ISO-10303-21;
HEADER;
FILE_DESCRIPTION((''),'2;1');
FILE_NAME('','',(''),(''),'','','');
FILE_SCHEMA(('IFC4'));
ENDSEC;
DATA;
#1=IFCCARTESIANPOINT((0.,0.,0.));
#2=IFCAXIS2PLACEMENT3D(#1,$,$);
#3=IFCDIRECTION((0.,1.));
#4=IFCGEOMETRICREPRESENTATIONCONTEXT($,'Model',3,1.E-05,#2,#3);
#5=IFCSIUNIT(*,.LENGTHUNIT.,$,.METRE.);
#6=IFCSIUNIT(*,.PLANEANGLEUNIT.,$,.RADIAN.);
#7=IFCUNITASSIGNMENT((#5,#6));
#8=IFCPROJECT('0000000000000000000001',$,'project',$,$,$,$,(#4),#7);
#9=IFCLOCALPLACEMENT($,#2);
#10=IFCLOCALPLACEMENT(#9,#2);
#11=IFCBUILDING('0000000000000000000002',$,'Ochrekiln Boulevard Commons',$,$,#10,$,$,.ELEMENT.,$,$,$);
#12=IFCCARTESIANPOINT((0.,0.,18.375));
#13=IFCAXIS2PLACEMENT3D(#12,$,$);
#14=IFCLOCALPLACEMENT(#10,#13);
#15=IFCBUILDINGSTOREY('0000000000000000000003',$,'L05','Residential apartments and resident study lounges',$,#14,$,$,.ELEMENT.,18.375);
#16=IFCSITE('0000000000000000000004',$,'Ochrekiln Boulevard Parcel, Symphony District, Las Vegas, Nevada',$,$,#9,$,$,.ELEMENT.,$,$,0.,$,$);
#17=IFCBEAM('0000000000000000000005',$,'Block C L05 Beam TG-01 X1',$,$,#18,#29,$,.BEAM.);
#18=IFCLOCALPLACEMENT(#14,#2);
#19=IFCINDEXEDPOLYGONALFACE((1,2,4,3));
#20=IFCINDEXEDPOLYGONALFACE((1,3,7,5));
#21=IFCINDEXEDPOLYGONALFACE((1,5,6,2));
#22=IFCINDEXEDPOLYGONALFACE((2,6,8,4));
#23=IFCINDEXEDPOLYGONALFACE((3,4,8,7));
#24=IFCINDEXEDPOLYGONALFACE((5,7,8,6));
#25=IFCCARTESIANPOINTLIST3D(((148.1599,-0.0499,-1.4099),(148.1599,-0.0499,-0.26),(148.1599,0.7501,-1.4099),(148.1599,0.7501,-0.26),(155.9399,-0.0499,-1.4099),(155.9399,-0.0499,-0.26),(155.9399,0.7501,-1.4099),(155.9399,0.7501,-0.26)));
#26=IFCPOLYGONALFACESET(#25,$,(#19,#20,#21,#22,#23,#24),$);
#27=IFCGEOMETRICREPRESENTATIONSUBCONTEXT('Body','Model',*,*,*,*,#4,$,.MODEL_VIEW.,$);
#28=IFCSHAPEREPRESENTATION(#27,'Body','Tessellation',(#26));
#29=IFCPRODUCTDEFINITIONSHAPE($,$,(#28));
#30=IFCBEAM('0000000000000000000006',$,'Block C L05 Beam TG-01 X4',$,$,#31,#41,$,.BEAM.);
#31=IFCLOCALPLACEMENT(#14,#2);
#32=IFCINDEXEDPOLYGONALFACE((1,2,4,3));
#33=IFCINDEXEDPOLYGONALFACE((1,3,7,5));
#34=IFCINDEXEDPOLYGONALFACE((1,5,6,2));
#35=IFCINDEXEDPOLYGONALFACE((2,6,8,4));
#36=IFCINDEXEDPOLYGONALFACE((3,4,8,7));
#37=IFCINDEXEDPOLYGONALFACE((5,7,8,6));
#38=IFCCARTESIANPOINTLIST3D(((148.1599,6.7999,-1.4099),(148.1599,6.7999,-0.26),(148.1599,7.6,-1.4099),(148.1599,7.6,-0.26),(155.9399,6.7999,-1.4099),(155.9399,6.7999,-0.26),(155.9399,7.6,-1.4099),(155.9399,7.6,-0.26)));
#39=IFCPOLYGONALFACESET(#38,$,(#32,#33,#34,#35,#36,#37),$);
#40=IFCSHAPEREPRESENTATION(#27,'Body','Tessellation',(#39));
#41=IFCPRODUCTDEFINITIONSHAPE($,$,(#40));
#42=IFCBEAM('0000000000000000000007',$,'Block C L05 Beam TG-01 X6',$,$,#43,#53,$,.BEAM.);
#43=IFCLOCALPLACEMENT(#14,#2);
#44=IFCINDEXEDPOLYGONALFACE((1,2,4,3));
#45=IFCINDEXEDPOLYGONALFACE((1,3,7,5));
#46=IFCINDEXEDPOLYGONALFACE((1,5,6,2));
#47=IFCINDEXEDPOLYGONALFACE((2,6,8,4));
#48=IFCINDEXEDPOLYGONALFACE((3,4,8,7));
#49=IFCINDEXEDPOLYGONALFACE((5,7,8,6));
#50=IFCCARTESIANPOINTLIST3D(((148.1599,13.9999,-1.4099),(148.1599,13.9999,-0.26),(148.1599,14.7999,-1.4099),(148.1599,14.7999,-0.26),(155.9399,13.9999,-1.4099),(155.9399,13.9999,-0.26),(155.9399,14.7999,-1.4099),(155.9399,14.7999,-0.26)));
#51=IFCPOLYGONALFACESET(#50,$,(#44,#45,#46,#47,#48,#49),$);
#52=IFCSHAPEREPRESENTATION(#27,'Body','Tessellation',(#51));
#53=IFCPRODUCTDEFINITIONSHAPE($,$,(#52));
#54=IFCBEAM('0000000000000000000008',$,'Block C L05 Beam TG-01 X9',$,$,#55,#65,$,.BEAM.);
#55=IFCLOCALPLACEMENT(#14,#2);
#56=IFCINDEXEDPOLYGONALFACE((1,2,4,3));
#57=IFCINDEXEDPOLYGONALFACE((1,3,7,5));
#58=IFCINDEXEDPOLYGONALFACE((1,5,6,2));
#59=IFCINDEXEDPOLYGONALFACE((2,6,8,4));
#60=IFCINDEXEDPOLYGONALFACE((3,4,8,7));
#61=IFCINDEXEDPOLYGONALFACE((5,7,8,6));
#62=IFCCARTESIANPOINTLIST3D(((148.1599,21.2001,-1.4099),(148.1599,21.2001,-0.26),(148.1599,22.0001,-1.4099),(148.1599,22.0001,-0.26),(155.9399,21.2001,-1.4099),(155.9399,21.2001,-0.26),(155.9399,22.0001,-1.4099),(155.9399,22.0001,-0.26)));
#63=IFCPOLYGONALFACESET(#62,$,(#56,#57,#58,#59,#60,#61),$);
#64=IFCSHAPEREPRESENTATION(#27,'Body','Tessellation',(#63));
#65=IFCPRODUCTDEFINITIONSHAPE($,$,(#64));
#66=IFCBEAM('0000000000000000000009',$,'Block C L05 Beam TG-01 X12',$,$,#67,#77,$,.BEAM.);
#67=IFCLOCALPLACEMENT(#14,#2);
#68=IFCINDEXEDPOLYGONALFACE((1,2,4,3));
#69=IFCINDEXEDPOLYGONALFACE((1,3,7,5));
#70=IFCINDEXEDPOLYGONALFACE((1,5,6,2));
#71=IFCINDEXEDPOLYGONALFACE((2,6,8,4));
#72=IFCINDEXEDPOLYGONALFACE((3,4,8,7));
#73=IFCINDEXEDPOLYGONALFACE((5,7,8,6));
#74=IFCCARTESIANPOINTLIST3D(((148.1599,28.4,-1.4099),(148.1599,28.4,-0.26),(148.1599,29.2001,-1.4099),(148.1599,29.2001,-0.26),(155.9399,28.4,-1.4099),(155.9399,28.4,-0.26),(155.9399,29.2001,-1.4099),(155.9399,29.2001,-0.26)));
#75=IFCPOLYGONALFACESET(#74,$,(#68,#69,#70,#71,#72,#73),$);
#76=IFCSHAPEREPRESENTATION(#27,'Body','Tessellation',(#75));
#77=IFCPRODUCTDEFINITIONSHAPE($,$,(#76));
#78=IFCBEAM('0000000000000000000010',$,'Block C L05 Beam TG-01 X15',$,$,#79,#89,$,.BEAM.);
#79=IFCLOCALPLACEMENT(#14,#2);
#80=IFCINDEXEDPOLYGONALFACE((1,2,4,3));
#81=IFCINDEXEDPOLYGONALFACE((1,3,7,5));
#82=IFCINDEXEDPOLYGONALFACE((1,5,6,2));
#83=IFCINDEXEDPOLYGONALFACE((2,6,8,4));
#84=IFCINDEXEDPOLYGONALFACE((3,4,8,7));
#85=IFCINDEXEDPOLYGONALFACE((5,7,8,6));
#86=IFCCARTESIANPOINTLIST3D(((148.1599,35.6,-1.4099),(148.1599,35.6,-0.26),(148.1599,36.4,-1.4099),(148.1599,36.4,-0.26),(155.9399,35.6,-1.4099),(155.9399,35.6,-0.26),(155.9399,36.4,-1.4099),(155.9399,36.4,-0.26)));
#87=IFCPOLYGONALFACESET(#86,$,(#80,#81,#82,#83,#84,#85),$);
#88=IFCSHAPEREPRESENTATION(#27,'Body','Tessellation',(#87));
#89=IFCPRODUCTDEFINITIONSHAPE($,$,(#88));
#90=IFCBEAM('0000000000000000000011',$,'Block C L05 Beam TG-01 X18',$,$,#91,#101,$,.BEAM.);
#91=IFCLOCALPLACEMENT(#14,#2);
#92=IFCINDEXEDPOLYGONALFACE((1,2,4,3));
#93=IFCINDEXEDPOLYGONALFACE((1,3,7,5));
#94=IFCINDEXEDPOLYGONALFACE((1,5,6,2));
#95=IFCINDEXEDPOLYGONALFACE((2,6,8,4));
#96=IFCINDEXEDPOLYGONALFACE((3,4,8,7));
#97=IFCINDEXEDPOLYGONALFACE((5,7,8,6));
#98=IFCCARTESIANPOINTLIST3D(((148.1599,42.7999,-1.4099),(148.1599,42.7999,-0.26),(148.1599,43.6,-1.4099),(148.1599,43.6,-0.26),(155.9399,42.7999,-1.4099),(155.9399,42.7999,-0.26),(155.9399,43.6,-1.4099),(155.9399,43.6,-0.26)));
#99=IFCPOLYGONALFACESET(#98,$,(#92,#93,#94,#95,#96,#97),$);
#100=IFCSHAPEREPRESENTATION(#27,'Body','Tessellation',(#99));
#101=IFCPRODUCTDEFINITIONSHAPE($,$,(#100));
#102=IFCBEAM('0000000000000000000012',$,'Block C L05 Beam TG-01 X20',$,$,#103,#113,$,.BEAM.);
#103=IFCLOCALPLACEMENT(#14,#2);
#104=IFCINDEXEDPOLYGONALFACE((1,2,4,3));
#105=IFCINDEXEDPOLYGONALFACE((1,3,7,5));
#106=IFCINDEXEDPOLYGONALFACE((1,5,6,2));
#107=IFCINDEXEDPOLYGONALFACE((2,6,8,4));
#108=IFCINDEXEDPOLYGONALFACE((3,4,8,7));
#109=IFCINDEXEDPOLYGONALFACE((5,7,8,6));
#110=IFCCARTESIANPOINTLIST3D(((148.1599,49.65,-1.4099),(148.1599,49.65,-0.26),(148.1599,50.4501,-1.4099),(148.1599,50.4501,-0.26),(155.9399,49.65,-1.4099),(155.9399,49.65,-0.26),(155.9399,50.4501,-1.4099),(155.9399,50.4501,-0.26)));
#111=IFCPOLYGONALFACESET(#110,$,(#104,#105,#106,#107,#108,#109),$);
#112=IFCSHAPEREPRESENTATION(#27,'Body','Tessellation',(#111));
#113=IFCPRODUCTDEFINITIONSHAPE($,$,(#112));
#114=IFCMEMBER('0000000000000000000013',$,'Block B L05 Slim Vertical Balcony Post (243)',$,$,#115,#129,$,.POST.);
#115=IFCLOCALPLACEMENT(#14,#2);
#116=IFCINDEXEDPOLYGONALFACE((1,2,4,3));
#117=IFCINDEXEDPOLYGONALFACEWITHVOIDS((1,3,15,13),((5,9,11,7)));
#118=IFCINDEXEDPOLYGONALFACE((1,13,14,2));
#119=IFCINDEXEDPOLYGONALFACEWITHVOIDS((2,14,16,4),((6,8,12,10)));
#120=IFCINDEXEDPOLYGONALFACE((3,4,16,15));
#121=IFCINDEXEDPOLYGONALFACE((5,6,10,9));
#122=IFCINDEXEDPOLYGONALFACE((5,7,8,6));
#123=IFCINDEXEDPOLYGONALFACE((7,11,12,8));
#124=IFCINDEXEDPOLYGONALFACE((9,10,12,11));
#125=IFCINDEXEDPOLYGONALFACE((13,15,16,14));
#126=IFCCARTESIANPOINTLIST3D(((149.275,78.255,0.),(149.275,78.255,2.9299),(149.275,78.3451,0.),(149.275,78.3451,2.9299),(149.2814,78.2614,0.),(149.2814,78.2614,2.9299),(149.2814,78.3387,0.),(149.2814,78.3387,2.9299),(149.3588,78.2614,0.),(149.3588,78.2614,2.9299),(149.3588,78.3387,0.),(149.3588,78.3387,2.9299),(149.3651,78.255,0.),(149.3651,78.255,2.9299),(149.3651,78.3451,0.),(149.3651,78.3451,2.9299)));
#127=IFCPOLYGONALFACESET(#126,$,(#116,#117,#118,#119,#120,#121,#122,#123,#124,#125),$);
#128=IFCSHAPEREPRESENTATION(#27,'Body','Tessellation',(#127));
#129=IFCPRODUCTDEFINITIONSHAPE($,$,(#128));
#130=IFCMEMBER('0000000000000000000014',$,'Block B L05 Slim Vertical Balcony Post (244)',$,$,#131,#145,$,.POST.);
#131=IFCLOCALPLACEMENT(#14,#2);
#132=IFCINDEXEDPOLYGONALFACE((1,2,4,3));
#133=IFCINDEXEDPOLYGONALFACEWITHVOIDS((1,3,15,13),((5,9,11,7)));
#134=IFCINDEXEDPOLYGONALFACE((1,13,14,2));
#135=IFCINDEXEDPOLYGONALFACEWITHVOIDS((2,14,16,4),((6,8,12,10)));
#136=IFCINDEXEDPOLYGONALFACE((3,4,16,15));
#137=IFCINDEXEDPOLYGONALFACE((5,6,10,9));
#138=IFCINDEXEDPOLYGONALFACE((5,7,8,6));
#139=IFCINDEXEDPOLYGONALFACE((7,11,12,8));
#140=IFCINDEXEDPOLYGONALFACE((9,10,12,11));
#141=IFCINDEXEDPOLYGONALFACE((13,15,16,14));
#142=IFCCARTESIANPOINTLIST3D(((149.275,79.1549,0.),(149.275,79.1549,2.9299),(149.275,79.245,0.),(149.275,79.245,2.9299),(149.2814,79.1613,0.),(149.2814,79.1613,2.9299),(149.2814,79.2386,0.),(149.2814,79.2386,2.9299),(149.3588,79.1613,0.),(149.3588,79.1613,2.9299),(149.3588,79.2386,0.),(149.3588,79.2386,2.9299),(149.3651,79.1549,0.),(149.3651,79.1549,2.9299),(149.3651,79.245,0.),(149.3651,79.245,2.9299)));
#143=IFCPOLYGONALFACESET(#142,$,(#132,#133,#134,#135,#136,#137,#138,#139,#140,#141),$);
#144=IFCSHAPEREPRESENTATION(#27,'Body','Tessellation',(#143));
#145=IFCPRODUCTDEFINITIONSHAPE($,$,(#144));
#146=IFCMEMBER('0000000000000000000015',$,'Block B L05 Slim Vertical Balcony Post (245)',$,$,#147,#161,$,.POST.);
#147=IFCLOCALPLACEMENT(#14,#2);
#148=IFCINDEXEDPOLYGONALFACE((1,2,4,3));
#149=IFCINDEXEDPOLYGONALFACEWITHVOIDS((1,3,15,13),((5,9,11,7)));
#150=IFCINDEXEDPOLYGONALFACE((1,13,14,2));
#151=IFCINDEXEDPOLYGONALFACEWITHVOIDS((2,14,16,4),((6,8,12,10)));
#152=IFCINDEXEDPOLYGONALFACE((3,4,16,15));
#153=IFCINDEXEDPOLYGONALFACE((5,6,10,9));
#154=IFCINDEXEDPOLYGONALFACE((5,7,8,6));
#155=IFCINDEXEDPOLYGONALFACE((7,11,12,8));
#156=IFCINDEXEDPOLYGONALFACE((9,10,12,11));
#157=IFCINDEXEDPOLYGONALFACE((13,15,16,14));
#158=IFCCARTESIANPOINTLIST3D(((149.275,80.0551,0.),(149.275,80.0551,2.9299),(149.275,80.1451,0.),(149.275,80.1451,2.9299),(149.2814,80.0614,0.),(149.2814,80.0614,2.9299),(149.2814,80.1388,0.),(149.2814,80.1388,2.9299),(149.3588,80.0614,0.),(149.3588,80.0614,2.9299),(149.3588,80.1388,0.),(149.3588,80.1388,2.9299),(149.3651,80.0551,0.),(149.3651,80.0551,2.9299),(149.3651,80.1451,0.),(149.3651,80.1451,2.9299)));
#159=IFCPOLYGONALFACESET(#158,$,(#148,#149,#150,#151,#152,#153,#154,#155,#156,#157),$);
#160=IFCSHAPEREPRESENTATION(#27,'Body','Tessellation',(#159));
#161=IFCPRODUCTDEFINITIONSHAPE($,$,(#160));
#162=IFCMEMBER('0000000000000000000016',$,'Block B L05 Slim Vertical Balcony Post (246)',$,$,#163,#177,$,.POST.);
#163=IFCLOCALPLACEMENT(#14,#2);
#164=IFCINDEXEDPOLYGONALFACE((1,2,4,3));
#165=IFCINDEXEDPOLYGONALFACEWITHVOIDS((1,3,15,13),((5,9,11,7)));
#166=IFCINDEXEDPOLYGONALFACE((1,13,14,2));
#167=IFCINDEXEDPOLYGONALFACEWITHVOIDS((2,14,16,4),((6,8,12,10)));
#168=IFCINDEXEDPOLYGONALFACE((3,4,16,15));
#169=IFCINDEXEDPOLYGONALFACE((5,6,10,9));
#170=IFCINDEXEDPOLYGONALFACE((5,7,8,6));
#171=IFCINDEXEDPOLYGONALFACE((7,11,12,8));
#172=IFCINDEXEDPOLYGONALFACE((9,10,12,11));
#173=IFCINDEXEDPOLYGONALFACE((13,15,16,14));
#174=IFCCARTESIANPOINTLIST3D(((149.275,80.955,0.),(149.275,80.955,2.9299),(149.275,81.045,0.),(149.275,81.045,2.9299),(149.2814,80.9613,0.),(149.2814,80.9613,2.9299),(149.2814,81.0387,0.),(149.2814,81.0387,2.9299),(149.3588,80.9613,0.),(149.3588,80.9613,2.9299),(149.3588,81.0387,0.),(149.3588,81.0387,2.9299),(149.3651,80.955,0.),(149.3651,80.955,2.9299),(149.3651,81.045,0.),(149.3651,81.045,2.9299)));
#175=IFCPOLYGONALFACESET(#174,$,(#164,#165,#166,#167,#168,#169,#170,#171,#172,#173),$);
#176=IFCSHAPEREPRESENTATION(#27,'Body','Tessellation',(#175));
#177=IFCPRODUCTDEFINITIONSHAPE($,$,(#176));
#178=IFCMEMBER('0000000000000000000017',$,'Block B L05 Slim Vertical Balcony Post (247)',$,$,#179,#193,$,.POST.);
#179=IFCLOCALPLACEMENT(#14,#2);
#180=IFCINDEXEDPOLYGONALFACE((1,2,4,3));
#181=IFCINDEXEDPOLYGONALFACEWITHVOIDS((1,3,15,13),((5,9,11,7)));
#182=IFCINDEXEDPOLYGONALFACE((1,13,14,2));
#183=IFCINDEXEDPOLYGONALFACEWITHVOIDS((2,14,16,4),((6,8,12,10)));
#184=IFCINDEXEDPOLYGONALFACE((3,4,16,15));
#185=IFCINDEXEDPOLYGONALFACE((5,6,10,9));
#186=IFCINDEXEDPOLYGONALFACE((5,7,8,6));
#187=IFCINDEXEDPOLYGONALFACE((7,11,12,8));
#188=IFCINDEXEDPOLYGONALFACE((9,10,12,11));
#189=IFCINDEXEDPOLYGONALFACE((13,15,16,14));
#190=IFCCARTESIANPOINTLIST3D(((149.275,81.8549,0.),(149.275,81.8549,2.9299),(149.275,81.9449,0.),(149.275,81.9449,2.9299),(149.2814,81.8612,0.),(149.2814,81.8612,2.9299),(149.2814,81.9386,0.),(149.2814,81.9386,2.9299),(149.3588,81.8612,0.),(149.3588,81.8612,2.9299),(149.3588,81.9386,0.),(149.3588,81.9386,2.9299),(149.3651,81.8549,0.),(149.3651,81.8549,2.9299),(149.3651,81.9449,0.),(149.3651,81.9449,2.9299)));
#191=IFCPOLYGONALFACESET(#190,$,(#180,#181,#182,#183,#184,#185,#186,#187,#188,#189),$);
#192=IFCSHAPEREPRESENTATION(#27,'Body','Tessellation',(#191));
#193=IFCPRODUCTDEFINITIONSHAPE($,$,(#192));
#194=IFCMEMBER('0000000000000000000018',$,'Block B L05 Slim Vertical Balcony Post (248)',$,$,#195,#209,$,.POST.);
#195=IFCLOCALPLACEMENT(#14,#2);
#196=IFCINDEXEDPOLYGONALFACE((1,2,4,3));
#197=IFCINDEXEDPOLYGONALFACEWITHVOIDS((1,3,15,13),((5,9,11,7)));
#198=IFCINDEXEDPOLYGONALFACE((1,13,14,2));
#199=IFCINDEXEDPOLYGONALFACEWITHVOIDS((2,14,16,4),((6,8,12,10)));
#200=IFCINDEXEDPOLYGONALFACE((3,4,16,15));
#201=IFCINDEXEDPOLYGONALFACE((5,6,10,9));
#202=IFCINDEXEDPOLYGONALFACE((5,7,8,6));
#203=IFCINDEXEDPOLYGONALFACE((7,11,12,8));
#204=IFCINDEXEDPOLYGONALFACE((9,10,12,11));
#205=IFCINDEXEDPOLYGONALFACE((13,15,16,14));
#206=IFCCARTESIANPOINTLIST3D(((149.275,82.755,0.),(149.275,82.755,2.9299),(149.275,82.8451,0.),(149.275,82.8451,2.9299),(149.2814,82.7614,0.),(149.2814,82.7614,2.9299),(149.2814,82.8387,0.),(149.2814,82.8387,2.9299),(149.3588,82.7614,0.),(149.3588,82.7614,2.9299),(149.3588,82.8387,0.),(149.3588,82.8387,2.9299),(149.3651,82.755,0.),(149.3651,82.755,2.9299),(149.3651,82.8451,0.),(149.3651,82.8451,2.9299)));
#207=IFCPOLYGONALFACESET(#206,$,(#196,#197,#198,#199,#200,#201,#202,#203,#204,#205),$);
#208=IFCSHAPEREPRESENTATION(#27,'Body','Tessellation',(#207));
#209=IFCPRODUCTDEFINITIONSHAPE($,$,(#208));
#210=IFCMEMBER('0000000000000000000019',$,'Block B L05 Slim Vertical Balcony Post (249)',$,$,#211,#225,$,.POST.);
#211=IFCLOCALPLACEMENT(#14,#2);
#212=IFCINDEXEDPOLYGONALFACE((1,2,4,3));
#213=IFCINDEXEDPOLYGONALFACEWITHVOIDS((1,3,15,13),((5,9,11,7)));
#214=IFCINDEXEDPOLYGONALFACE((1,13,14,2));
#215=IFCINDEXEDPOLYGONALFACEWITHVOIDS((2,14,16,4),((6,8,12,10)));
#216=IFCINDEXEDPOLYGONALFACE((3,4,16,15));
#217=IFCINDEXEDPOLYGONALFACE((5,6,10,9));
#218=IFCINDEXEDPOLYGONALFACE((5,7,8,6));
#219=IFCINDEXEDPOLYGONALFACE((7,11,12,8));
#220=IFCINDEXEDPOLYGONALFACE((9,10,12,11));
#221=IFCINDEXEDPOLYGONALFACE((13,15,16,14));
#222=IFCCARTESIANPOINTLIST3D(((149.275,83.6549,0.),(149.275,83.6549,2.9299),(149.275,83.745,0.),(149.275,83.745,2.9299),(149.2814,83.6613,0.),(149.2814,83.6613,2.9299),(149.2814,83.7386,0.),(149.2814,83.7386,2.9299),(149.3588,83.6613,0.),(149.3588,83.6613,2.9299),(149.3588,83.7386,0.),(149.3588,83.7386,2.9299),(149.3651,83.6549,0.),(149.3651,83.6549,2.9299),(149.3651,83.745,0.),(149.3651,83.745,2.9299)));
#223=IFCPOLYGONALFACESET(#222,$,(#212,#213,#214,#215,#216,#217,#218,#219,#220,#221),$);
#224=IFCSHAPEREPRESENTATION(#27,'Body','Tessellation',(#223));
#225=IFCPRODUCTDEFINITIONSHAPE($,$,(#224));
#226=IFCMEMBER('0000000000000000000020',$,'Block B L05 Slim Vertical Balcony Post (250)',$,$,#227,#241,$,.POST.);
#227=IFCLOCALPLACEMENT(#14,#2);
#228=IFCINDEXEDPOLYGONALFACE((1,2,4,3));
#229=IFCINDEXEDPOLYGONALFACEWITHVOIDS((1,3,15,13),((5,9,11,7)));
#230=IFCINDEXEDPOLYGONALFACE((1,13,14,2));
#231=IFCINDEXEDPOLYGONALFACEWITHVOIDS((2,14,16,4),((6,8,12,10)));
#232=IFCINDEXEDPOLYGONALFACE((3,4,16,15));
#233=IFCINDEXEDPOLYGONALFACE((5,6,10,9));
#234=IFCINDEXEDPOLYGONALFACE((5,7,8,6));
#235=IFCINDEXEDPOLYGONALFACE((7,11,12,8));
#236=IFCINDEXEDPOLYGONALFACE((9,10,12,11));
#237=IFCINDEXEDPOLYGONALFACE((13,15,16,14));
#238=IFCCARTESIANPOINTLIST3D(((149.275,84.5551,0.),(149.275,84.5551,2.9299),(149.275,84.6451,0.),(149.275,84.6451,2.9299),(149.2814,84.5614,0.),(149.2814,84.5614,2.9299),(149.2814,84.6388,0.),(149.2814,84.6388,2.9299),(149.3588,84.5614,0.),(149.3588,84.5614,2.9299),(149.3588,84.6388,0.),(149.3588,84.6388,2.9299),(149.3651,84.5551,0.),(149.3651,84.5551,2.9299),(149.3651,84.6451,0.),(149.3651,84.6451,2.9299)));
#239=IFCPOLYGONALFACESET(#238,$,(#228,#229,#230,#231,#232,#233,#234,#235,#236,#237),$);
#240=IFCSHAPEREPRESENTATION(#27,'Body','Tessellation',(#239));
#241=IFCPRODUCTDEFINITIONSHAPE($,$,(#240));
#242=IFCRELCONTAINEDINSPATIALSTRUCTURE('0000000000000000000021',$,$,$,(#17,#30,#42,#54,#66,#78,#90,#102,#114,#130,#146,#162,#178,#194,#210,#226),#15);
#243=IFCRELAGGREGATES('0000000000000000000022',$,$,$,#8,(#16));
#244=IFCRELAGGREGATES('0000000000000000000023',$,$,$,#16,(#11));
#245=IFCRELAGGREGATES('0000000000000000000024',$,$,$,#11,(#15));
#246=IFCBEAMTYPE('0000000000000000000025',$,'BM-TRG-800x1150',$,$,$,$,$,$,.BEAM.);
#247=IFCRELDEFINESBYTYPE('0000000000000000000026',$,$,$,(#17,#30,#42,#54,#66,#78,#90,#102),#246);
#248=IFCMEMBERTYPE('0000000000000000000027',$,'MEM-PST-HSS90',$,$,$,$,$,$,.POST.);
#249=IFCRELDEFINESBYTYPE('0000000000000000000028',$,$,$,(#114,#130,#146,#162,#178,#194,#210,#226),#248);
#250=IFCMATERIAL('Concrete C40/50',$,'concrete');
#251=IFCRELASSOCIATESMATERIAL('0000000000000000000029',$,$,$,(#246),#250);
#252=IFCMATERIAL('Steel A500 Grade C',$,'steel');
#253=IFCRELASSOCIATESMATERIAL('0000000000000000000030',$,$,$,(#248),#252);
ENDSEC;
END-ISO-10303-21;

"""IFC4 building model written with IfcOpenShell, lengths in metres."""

from ifc_helpers import new_model, si_unit, direction, frame, origin, origin_2d, place, context, subcontext, project, spatial, rectangle, hollow_rectangle, extrude, material, material_profile, profile_set, type_object, element, save


model = new_model("IFC4")

# Units and contexts
model_context = context("Model", 3, precision=1e-05, world=origin(), true_north=direction((0.0, 1.0)))
body_context = subcontext(model_context, "Body", "Model", "MODEL_VIEW")
ifc_project = project(units=[si_unit("LENGTHUNIT", "METRE"), si_unit("PLANEANGLEUNIT", "RADIAN")], contexts=[model_context])

# Site, building, storey
site_placement = place(None, origin())
site = spatial("IfcSite", under=ifc_project, at=site_placement, Name="Ochrekiln Boulevard Parcel, Symphony District, Las Vegas, Nevada", CompositionType="ELEMENT", RefElevation=0.0)
building_placement = place(site_placement, origin())
building = spatial("IfcBuilding", under=site, at=building_placement, Name="Ochrekiln Boulevard Commons", CompositionType="ELEMENT")
storey_placement = place(building_placement, frame((0.0, 0.0, 18.375)))
storey = spatial("IfcBuildingStorey", under=building, at=storey_placement, Name="L05", Description="Residential apartments and resident study lounges", CompositionType="ELEMENT", Elevation=18.375)

# Beams
ifc_material_1 = material(Name="Concrete C40/50", Category="concrete")
ifc_material_profile_1 = material_profile(ifc_material_1, rectangle(XDim=0.8, YDim=1.1499, at=origin_2d()), Name="RC-TRG-800x1150")
ifc_profile_set_1 = profile_set([ifc_material_profile_1], Name="Concrete C40/50")
beam_type = type_object("IfcBeamType", Name="BM-TRG-800x1150", PredefinedType="BEAM", material=ifc_profile_set_1)
for number, where, z_axis, x_axis, name in (
    (1, (148.1599, 0.3501, -0.835), (1.0, 0.0, 0.0), (0.0, 1.0, 0.0), "Block C L05 Beam TG-01 X1"),
    (2, (148.1599, 7.2, -0.835), (1.0, 0.0, 0.0), (0.0, 1.0, 0.0), "Block C L05 Beam TG-01 X4"),
    (3, (148.1599, 14.3999, -0.835), (1.0, 0.0, 0.0), (0.0, 1.0, 0.0), "Block C L05 Beam TG-01 X6"),
    (4, (148.1599, 21.6001, -0.835), (1.0, 0.0, 0.0), (0.0, 1.0, 0.0), "Block C L05 Beam TG-01 X9"),
    (5, (148.1599, 28.8, -0.835), (1.0, 0.0, 0.0), (0.0, 1.0, 0.0), "Block C L05 Beam TG-01 X12"),
    (6, (148.1599, 36.0, -0.835), (1.0, 0.0, 0.0), (0.0, 1.0, 0.0), "Block C L05 Beam TG-01 X15"),
    (7, (148.1599, 43.2, -0.835), (1.0, 0.0, 0.0), (0.0, 1.0, 0.0), "Block C L05 Beam TG-01 X18"),
    (8, (148.1599, 50.05, -0.835), (1.0, 0.0, 0.0), (0.0, 1.0, 0.0), "Block C L05 Beam TG-01 X20"),
):
    element("IfcBeam", number, at=place(storey_placement, frame(where, z_axis=z_axis, x_axis=x_axis)), inside=storey, type_object=beam_type, Name=name, PredefinedType="BEAM", context=body_context, shape_type="SweptSolid", body=[
        extrude(rectangle(XDim=0.8, YDim=1.1499, at=origin_2d()), origin(), (0.0, 0.0, 1.0), 7.78),
    ])

# Members
ifc_material_2 = material(Name="Steel A500 Grade C", Category="steel")
ifc_material_profile_2 = material_profile(ifc_material_2, hollow_rectangle(XDim=0.0901, YDim=0.0901, WallThickness=0.0063, at=origin_2d()), Name="HSS90X90X6.4")
ifc_profile_set_2 = profile_set([ifc_material_profile_2], Name="Steel A500 Grade C")
member_type = type_object("IfcMemberType", Name="MEM-PST-HSS90", PredefinedType="POST", material=ifc_profile_set_2)
for number, where, z_axis, x_axis, name in (
    (9, (149.3201, 78.3, 0.0), (0.0, 0.0, 1.0), (1.0, 0.0, 0.0), "Block B L05 Slim Vertical Balcony Post (243)"),
    (10, (149.3201, 79.2, 0.0), (0.0, 0.0, 1.0), (1.0, 0.0, 0.0), "Block B L05 Slim Vertical Balcony Post (244)"),
    (11, (149.3201, 80.1001, 0.0), (0.0, 0.0, 1.0), (1.0, 0.0, 0.0), "Block B L05 Slim Vertical Balcony Post (245)"),
    (12, (149.3201, 81.0, 0.0), (0.0, 0.0, 1.0), (1.0, 0.0, 0.0), "Block B L05 Slim Vertical Balcony Post (246)"),
    (13, (149.3201, 81.8999, 0.0), (0.0, 0.0, 1.0), (1.0, 0.0, 0.0), "Block B L05 Slim Vertical Balcony Post (247)"),
    (14, (149.3201, 82.8, 0.0), (0.0, 0.0, 1.0), (1.0, 0.0, 0.0), "Block B L05 Slim Vertical Balcony Post (248)"),
    (15, (149.3201, 83.7, 0.0), (0.0, 0.0, 1.0), (1.0, 0.0, 0.0), "Block B L05 Slim Vertical Balcony Post (249)"),
    (16, (149.3201, 84.6001, 0.0), (0.0, 0.0, 1.0), (1.0, 0.0, 0.0), "Block B L05 Slim Vertical Balcony Post (250)"),
):
    element("IfcMember", number, at=place(storey_placement, frame(where, z_axis=z_axis, x_axis=x_axis)), inside=storey, type_object=member_type, Name=name, PredefinedType="POST", context=body_context, shape_type="SweptSolid", body=[
        extrude(hollow_rectangle(XDim=0.0901, YDim=0.0901, WallThickness=0.0063, at=origin_2d()), origin(), (0.0, 0.0, 1.0), 2.9299),
    ])

save(model, "model.ifc")
